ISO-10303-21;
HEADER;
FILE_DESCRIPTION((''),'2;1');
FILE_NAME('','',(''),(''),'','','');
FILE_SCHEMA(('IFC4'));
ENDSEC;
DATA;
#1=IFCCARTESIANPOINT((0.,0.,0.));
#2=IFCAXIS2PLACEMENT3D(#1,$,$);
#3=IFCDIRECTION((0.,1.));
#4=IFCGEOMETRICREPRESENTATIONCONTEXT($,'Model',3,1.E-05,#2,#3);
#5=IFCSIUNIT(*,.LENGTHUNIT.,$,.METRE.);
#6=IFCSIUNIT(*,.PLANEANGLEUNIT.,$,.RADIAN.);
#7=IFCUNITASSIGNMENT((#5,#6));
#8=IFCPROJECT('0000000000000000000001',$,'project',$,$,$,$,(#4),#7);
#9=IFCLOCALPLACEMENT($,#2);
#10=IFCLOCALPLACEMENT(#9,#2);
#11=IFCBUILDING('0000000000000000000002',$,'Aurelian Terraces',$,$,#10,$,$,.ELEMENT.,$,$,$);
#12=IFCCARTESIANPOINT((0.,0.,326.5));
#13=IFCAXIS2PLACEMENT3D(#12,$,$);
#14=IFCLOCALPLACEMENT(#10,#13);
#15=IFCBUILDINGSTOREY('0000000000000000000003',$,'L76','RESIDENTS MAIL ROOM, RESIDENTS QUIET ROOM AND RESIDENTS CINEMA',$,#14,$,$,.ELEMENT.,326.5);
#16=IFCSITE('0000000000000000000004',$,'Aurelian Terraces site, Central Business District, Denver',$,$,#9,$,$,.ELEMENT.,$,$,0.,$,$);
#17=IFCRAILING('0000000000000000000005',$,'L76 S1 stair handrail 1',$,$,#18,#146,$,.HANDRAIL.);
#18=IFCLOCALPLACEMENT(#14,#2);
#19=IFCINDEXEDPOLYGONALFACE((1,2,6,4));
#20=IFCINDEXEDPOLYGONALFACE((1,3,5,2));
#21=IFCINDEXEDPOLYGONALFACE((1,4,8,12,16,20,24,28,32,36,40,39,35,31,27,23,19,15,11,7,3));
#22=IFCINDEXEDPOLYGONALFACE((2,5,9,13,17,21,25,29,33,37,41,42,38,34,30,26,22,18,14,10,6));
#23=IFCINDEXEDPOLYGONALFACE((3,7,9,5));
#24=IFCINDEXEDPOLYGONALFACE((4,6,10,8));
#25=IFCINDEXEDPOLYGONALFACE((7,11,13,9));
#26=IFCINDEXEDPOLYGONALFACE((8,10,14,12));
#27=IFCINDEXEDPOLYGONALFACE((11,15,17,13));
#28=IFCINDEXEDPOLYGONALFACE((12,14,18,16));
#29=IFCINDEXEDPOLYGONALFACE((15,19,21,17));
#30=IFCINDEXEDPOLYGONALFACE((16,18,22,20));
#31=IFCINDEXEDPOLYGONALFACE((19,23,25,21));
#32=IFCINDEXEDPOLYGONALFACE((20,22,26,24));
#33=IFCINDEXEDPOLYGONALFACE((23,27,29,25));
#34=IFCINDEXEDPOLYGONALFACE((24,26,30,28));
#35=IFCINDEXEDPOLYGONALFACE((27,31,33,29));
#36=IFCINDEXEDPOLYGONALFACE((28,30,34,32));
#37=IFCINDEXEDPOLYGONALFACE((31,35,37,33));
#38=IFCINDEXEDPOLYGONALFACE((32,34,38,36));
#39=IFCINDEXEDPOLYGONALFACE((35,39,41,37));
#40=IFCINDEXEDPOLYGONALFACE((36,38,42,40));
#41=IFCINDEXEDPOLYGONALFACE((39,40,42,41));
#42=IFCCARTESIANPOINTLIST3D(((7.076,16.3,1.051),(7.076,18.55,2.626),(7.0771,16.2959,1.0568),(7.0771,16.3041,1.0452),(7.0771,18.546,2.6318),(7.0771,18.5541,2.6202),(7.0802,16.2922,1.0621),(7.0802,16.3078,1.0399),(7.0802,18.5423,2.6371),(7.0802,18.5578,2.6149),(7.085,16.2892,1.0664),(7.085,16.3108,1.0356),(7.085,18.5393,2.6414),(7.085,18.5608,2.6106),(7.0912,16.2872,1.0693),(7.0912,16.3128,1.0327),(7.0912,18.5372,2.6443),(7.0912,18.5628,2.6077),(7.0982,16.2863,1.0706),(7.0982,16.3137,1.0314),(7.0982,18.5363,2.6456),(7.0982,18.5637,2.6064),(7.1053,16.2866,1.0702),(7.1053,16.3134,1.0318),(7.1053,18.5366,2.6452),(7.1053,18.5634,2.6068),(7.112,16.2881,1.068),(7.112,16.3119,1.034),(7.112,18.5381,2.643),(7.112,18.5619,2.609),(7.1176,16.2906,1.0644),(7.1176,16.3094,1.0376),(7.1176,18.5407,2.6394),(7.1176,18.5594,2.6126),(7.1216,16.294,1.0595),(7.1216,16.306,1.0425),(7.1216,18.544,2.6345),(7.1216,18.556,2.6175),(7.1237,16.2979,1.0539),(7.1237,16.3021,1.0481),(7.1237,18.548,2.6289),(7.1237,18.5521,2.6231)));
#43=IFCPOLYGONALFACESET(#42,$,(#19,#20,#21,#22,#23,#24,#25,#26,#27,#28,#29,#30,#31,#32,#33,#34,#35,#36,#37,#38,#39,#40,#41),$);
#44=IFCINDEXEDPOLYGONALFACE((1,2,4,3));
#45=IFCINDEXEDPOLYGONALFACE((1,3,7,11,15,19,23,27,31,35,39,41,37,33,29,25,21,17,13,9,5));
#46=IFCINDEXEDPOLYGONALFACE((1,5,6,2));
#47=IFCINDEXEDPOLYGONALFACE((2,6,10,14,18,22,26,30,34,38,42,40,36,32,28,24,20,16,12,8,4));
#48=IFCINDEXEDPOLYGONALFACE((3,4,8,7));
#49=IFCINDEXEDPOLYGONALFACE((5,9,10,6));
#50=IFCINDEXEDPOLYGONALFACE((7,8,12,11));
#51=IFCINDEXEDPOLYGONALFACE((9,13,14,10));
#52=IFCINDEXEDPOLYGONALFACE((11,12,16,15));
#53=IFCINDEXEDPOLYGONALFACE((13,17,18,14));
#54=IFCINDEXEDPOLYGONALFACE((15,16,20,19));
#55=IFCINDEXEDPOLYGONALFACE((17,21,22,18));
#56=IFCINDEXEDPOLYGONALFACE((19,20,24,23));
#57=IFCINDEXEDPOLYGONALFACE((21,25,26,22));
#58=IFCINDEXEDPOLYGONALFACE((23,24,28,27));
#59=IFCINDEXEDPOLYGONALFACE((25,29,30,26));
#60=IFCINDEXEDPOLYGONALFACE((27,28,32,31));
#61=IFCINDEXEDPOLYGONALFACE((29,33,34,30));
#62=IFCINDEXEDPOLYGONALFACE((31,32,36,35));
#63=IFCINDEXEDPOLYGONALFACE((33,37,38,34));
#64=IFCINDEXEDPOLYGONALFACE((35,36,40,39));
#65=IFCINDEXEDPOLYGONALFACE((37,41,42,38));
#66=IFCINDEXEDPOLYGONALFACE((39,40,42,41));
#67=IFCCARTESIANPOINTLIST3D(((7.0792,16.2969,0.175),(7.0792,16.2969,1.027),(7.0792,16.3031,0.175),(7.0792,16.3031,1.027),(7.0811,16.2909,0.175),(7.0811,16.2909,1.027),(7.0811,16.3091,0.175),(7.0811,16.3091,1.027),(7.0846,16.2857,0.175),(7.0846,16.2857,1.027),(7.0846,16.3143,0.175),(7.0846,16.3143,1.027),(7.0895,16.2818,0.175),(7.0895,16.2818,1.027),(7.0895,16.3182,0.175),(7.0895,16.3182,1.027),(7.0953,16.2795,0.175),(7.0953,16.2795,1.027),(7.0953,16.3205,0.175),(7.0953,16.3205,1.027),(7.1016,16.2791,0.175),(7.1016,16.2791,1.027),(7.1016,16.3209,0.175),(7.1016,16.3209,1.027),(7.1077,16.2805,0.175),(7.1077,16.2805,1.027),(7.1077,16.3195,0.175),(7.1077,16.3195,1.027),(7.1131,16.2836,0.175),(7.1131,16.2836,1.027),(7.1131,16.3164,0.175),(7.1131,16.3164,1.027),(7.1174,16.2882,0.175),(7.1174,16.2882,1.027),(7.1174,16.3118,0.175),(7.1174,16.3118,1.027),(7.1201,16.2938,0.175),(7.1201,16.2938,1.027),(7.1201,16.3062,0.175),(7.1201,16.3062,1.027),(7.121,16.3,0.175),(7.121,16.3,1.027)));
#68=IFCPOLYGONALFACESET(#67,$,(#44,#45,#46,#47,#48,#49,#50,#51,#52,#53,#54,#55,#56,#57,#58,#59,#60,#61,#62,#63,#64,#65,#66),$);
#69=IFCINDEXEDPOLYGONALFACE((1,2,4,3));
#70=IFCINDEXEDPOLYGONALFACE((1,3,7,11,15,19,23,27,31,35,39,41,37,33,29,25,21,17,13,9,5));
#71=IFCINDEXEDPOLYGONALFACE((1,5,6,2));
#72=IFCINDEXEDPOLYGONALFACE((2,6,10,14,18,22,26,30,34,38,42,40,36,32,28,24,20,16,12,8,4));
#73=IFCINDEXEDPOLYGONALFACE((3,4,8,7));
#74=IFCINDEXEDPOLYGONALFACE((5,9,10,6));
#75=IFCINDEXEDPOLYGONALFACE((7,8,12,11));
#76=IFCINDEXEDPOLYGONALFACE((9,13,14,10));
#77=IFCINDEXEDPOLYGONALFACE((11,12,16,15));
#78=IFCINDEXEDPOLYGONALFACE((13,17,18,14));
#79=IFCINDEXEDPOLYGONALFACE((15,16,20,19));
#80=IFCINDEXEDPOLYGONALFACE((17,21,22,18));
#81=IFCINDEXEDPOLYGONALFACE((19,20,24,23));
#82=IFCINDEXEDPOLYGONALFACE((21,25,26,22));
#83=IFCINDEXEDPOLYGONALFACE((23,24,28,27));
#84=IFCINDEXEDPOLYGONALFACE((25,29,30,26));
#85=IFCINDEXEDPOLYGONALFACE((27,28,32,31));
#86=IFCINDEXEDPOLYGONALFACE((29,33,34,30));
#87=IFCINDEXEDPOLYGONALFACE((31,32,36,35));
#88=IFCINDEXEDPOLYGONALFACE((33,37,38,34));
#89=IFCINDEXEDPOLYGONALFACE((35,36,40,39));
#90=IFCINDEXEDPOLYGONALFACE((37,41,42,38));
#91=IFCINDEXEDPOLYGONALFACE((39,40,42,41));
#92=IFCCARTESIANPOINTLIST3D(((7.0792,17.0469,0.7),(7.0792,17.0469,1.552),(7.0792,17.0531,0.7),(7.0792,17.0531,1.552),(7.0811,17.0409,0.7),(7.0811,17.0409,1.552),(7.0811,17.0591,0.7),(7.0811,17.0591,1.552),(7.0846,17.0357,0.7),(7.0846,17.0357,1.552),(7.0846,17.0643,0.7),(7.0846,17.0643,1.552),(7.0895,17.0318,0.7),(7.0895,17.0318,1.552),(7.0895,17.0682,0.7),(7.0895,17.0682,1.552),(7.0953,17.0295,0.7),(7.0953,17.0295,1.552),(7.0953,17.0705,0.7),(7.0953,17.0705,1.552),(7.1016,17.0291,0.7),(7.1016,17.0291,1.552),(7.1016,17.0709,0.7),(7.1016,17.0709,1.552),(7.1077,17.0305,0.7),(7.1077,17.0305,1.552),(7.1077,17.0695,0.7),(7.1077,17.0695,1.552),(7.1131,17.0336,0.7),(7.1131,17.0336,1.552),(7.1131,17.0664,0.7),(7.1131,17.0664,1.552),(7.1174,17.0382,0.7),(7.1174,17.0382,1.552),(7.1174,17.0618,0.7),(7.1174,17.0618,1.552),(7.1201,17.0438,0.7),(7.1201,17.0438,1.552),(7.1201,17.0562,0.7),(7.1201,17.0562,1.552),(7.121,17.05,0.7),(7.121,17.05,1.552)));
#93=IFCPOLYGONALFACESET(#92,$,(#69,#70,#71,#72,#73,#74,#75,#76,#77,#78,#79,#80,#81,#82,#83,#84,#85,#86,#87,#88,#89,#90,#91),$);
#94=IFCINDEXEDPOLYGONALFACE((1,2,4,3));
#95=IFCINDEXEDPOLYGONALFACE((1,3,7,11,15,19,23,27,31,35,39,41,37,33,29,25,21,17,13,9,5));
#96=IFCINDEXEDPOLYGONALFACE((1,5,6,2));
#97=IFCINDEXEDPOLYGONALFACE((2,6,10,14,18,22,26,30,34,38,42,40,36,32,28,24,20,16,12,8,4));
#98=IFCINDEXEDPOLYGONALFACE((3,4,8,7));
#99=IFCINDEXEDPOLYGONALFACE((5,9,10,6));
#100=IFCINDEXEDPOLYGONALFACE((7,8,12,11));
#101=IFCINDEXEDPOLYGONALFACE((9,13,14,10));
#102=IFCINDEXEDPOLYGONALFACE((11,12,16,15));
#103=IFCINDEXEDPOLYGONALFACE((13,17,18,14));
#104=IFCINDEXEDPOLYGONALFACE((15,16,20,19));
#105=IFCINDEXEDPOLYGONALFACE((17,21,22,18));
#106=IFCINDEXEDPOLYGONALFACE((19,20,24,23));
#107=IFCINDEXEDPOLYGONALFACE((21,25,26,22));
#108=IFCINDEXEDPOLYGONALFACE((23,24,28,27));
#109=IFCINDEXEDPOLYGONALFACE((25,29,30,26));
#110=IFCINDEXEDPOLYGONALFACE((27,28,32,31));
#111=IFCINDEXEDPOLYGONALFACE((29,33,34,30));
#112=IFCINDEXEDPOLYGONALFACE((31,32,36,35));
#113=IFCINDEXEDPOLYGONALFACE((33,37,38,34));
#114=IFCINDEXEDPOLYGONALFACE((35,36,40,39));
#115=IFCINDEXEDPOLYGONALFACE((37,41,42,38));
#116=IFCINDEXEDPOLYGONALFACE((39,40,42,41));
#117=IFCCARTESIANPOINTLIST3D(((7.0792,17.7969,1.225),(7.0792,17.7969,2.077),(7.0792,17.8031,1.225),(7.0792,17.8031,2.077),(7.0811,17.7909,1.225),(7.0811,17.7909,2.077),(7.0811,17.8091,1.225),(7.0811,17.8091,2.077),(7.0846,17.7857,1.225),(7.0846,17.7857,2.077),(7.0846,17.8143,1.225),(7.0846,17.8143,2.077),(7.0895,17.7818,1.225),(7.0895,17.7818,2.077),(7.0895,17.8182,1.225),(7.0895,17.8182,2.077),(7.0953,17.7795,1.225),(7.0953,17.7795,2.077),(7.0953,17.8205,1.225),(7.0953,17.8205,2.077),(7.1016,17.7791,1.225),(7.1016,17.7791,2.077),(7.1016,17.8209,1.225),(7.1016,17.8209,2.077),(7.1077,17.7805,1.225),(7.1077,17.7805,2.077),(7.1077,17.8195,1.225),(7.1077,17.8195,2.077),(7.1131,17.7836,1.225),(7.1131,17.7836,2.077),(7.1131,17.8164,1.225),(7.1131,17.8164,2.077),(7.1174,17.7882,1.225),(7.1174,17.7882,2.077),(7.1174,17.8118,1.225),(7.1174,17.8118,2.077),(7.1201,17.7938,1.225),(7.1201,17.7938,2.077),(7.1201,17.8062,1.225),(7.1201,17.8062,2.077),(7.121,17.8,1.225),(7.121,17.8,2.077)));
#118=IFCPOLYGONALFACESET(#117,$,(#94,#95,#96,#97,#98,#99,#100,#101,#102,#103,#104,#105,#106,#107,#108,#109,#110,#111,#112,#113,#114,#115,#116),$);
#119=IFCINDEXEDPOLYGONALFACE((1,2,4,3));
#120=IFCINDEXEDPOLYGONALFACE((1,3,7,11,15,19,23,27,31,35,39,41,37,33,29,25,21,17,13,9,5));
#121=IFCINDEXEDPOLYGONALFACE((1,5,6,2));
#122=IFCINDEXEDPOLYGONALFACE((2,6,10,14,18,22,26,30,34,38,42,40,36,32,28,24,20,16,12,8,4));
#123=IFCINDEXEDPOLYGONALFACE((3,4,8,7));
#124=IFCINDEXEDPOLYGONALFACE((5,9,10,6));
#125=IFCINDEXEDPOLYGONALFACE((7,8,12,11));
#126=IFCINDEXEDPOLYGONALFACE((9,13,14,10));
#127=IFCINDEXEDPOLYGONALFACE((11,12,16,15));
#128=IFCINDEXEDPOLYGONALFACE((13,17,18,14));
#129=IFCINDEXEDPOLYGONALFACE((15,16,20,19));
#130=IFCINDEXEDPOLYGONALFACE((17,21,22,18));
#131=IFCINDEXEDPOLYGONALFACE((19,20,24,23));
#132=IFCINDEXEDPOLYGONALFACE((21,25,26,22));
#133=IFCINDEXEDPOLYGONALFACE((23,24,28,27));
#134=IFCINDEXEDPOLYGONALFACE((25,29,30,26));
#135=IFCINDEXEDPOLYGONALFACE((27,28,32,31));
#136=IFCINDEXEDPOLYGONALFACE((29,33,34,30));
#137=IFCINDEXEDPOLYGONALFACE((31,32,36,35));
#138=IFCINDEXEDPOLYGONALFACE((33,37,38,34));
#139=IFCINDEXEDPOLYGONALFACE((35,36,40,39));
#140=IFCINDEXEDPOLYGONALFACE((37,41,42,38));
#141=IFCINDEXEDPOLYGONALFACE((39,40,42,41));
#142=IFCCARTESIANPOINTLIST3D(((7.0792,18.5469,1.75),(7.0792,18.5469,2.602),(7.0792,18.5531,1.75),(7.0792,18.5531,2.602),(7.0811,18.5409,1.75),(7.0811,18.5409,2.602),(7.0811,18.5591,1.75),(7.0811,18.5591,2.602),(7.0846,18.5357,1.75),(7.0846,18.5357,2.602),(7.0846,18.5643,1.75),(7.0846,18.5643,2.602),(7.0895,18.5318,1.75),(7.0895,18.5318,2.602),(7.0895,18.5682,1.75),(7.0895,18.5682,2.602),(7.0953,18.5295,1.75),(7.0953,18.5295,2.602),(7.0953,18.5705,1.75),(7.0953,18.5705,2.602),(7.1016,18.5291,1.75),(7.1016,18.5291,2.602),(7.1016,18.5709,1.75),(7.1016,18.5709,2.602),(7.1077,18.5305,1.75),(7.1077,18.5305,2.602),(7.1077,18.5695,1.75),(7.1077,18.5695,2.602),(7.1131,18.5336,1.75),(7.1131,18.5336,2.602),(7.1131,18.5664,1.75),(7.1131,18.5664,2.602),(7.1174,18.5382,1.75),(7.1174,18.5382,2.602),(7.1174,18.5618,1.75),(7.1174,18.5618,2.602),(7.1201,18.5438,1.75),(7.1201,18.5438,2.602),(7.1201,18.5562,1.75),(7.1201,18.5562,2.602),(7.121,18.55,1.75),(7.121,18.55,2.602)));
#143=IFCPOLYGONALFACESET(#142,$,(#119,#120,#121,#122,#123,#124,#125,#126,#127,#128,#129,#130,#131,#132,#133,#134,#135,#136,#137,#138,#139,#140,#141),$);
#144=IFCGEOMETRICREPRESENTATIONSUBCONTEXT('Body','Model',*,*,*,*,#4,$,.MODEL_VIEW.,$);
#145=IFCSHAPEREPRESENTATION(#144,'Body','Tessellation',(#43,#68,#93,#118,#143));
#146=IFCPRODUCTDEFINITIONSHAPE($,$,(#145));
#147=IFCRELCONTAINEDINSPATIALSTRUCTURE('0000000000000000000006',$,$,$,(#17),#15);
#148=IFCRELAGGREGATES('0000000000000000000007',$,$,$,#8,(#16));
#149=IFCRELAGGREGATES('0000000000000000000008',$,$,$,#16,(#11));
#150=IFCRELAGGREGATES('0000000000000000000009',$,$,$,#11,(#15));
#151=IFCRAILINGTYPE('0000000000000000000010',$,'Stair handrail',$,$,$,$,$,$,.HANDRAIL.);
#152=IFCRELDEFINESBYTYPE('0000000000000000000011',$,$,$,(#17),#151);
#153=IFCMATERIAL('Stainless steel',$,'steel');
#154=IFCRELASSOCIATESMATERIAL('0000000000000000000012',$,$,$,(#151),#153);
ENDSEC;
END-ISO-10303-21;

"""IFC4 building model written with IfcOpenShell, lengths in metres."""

from ifc_helpers import new_model, si_unit, direction, frame, origin, origin_2d, place, context, subcontext, project, spatial, circle, extrude, source, transform, mapped, material, type_object, element, save


model = new_model("IFC4")

# Units and contexts
model_context = context("Model", 3, precision=1e-05, world=origin(), true_north=direction((0.0, 1.0)))
body_context = subcontext(model_context, "Body", "Model", "MODEL_VIEW")
ifc_project = project(units=[si_unit("LENGTHUNIT", "METRE"), si_unit("PLANEANGLEUNIT", "RADIAN")], contexts=[model_context])

# Site, building, storey
site_placement = place(None, origin())
site = spatial("IfcSite", under=ifc_project, at=site_placement, Name="Aurelian Terraces site, Central Business District, Denver", CompositionType="ELEMENT", RefElevation=0.0)
building_placement = place(site_placement, origin())
building = spatial("IfcBuilding", under=site, at=building_placement, Name="Aurelian Terraces", CompositionType="ELEMENT")
storey_placement = place(building_placement, frame((0.0, 0.0, 326.5)))
storey = spatial("IfcBuildingStorey", under=building, at=storey_placement, Name="L76", Description="RESIDENTS MAIL ROOM, RESIDENTS QUIET ROOM AND RESIDENTS CINEMA", CompositionType="ELEMENT", Elevation=326.5)

# Railing
ifc_material_1 = material(Name="Stainless steel", Category="steel")
railing_type_1 = type_object("IfcRailingType", Name="Stair handrail", PredefinedType="HANDRAIL", material=ifc_material_1)
shared_shape_1 = source(origin(), body_context, "Body", "SweptSolid", [
    extrude(circle(Radius=0.024, at=origin_2d()), frame((0.0, 0.0, 0.876), z_axis=(0.0, 0.819232, 0.573462), x_axis=(-1.0, 0.0, 0.0)), (0.0, 0.0, 1.0), 2.7465),
    extrude(circle(Radius=0.021, at=origin_2d()), origin(), (0.0, 0.0, 1.0), 0.852),
    extrude(circle(Radius=0.021, at=origin_2d()), frame((0.0, 0.75, 0.525)), (0.0, 0.0, 1.0), 0.852),
    extrude(circle(Radius=0.021, at=origin_2d()), frame((0.0, 1.5, 1.05)), (0.0, 0.0, 1.0), 0.852),
    extrude(circle(Radius=0.021, at=origin_2d()), frame((0.0, 2.25, 1.575)), (0.0, 0.0, 1.0), 0.852),
])
railing_1_placement = place(storey_placement, frame((7.1, 16.3, 0.175)))
element("IfcRailing", 1, at=railing_1_placement, inside=storey, type_object=railing_type_1, Name="L76 S1 stair handrail 1", PredefinedType="HANDRAIL", context=body_context, shape_type="MappedRepresentation", body=[
    mapped(shared_shape_1, transform((0.0, 0.0, 0.0), scale=1.0)),
])

save(model, "model.ifc")
